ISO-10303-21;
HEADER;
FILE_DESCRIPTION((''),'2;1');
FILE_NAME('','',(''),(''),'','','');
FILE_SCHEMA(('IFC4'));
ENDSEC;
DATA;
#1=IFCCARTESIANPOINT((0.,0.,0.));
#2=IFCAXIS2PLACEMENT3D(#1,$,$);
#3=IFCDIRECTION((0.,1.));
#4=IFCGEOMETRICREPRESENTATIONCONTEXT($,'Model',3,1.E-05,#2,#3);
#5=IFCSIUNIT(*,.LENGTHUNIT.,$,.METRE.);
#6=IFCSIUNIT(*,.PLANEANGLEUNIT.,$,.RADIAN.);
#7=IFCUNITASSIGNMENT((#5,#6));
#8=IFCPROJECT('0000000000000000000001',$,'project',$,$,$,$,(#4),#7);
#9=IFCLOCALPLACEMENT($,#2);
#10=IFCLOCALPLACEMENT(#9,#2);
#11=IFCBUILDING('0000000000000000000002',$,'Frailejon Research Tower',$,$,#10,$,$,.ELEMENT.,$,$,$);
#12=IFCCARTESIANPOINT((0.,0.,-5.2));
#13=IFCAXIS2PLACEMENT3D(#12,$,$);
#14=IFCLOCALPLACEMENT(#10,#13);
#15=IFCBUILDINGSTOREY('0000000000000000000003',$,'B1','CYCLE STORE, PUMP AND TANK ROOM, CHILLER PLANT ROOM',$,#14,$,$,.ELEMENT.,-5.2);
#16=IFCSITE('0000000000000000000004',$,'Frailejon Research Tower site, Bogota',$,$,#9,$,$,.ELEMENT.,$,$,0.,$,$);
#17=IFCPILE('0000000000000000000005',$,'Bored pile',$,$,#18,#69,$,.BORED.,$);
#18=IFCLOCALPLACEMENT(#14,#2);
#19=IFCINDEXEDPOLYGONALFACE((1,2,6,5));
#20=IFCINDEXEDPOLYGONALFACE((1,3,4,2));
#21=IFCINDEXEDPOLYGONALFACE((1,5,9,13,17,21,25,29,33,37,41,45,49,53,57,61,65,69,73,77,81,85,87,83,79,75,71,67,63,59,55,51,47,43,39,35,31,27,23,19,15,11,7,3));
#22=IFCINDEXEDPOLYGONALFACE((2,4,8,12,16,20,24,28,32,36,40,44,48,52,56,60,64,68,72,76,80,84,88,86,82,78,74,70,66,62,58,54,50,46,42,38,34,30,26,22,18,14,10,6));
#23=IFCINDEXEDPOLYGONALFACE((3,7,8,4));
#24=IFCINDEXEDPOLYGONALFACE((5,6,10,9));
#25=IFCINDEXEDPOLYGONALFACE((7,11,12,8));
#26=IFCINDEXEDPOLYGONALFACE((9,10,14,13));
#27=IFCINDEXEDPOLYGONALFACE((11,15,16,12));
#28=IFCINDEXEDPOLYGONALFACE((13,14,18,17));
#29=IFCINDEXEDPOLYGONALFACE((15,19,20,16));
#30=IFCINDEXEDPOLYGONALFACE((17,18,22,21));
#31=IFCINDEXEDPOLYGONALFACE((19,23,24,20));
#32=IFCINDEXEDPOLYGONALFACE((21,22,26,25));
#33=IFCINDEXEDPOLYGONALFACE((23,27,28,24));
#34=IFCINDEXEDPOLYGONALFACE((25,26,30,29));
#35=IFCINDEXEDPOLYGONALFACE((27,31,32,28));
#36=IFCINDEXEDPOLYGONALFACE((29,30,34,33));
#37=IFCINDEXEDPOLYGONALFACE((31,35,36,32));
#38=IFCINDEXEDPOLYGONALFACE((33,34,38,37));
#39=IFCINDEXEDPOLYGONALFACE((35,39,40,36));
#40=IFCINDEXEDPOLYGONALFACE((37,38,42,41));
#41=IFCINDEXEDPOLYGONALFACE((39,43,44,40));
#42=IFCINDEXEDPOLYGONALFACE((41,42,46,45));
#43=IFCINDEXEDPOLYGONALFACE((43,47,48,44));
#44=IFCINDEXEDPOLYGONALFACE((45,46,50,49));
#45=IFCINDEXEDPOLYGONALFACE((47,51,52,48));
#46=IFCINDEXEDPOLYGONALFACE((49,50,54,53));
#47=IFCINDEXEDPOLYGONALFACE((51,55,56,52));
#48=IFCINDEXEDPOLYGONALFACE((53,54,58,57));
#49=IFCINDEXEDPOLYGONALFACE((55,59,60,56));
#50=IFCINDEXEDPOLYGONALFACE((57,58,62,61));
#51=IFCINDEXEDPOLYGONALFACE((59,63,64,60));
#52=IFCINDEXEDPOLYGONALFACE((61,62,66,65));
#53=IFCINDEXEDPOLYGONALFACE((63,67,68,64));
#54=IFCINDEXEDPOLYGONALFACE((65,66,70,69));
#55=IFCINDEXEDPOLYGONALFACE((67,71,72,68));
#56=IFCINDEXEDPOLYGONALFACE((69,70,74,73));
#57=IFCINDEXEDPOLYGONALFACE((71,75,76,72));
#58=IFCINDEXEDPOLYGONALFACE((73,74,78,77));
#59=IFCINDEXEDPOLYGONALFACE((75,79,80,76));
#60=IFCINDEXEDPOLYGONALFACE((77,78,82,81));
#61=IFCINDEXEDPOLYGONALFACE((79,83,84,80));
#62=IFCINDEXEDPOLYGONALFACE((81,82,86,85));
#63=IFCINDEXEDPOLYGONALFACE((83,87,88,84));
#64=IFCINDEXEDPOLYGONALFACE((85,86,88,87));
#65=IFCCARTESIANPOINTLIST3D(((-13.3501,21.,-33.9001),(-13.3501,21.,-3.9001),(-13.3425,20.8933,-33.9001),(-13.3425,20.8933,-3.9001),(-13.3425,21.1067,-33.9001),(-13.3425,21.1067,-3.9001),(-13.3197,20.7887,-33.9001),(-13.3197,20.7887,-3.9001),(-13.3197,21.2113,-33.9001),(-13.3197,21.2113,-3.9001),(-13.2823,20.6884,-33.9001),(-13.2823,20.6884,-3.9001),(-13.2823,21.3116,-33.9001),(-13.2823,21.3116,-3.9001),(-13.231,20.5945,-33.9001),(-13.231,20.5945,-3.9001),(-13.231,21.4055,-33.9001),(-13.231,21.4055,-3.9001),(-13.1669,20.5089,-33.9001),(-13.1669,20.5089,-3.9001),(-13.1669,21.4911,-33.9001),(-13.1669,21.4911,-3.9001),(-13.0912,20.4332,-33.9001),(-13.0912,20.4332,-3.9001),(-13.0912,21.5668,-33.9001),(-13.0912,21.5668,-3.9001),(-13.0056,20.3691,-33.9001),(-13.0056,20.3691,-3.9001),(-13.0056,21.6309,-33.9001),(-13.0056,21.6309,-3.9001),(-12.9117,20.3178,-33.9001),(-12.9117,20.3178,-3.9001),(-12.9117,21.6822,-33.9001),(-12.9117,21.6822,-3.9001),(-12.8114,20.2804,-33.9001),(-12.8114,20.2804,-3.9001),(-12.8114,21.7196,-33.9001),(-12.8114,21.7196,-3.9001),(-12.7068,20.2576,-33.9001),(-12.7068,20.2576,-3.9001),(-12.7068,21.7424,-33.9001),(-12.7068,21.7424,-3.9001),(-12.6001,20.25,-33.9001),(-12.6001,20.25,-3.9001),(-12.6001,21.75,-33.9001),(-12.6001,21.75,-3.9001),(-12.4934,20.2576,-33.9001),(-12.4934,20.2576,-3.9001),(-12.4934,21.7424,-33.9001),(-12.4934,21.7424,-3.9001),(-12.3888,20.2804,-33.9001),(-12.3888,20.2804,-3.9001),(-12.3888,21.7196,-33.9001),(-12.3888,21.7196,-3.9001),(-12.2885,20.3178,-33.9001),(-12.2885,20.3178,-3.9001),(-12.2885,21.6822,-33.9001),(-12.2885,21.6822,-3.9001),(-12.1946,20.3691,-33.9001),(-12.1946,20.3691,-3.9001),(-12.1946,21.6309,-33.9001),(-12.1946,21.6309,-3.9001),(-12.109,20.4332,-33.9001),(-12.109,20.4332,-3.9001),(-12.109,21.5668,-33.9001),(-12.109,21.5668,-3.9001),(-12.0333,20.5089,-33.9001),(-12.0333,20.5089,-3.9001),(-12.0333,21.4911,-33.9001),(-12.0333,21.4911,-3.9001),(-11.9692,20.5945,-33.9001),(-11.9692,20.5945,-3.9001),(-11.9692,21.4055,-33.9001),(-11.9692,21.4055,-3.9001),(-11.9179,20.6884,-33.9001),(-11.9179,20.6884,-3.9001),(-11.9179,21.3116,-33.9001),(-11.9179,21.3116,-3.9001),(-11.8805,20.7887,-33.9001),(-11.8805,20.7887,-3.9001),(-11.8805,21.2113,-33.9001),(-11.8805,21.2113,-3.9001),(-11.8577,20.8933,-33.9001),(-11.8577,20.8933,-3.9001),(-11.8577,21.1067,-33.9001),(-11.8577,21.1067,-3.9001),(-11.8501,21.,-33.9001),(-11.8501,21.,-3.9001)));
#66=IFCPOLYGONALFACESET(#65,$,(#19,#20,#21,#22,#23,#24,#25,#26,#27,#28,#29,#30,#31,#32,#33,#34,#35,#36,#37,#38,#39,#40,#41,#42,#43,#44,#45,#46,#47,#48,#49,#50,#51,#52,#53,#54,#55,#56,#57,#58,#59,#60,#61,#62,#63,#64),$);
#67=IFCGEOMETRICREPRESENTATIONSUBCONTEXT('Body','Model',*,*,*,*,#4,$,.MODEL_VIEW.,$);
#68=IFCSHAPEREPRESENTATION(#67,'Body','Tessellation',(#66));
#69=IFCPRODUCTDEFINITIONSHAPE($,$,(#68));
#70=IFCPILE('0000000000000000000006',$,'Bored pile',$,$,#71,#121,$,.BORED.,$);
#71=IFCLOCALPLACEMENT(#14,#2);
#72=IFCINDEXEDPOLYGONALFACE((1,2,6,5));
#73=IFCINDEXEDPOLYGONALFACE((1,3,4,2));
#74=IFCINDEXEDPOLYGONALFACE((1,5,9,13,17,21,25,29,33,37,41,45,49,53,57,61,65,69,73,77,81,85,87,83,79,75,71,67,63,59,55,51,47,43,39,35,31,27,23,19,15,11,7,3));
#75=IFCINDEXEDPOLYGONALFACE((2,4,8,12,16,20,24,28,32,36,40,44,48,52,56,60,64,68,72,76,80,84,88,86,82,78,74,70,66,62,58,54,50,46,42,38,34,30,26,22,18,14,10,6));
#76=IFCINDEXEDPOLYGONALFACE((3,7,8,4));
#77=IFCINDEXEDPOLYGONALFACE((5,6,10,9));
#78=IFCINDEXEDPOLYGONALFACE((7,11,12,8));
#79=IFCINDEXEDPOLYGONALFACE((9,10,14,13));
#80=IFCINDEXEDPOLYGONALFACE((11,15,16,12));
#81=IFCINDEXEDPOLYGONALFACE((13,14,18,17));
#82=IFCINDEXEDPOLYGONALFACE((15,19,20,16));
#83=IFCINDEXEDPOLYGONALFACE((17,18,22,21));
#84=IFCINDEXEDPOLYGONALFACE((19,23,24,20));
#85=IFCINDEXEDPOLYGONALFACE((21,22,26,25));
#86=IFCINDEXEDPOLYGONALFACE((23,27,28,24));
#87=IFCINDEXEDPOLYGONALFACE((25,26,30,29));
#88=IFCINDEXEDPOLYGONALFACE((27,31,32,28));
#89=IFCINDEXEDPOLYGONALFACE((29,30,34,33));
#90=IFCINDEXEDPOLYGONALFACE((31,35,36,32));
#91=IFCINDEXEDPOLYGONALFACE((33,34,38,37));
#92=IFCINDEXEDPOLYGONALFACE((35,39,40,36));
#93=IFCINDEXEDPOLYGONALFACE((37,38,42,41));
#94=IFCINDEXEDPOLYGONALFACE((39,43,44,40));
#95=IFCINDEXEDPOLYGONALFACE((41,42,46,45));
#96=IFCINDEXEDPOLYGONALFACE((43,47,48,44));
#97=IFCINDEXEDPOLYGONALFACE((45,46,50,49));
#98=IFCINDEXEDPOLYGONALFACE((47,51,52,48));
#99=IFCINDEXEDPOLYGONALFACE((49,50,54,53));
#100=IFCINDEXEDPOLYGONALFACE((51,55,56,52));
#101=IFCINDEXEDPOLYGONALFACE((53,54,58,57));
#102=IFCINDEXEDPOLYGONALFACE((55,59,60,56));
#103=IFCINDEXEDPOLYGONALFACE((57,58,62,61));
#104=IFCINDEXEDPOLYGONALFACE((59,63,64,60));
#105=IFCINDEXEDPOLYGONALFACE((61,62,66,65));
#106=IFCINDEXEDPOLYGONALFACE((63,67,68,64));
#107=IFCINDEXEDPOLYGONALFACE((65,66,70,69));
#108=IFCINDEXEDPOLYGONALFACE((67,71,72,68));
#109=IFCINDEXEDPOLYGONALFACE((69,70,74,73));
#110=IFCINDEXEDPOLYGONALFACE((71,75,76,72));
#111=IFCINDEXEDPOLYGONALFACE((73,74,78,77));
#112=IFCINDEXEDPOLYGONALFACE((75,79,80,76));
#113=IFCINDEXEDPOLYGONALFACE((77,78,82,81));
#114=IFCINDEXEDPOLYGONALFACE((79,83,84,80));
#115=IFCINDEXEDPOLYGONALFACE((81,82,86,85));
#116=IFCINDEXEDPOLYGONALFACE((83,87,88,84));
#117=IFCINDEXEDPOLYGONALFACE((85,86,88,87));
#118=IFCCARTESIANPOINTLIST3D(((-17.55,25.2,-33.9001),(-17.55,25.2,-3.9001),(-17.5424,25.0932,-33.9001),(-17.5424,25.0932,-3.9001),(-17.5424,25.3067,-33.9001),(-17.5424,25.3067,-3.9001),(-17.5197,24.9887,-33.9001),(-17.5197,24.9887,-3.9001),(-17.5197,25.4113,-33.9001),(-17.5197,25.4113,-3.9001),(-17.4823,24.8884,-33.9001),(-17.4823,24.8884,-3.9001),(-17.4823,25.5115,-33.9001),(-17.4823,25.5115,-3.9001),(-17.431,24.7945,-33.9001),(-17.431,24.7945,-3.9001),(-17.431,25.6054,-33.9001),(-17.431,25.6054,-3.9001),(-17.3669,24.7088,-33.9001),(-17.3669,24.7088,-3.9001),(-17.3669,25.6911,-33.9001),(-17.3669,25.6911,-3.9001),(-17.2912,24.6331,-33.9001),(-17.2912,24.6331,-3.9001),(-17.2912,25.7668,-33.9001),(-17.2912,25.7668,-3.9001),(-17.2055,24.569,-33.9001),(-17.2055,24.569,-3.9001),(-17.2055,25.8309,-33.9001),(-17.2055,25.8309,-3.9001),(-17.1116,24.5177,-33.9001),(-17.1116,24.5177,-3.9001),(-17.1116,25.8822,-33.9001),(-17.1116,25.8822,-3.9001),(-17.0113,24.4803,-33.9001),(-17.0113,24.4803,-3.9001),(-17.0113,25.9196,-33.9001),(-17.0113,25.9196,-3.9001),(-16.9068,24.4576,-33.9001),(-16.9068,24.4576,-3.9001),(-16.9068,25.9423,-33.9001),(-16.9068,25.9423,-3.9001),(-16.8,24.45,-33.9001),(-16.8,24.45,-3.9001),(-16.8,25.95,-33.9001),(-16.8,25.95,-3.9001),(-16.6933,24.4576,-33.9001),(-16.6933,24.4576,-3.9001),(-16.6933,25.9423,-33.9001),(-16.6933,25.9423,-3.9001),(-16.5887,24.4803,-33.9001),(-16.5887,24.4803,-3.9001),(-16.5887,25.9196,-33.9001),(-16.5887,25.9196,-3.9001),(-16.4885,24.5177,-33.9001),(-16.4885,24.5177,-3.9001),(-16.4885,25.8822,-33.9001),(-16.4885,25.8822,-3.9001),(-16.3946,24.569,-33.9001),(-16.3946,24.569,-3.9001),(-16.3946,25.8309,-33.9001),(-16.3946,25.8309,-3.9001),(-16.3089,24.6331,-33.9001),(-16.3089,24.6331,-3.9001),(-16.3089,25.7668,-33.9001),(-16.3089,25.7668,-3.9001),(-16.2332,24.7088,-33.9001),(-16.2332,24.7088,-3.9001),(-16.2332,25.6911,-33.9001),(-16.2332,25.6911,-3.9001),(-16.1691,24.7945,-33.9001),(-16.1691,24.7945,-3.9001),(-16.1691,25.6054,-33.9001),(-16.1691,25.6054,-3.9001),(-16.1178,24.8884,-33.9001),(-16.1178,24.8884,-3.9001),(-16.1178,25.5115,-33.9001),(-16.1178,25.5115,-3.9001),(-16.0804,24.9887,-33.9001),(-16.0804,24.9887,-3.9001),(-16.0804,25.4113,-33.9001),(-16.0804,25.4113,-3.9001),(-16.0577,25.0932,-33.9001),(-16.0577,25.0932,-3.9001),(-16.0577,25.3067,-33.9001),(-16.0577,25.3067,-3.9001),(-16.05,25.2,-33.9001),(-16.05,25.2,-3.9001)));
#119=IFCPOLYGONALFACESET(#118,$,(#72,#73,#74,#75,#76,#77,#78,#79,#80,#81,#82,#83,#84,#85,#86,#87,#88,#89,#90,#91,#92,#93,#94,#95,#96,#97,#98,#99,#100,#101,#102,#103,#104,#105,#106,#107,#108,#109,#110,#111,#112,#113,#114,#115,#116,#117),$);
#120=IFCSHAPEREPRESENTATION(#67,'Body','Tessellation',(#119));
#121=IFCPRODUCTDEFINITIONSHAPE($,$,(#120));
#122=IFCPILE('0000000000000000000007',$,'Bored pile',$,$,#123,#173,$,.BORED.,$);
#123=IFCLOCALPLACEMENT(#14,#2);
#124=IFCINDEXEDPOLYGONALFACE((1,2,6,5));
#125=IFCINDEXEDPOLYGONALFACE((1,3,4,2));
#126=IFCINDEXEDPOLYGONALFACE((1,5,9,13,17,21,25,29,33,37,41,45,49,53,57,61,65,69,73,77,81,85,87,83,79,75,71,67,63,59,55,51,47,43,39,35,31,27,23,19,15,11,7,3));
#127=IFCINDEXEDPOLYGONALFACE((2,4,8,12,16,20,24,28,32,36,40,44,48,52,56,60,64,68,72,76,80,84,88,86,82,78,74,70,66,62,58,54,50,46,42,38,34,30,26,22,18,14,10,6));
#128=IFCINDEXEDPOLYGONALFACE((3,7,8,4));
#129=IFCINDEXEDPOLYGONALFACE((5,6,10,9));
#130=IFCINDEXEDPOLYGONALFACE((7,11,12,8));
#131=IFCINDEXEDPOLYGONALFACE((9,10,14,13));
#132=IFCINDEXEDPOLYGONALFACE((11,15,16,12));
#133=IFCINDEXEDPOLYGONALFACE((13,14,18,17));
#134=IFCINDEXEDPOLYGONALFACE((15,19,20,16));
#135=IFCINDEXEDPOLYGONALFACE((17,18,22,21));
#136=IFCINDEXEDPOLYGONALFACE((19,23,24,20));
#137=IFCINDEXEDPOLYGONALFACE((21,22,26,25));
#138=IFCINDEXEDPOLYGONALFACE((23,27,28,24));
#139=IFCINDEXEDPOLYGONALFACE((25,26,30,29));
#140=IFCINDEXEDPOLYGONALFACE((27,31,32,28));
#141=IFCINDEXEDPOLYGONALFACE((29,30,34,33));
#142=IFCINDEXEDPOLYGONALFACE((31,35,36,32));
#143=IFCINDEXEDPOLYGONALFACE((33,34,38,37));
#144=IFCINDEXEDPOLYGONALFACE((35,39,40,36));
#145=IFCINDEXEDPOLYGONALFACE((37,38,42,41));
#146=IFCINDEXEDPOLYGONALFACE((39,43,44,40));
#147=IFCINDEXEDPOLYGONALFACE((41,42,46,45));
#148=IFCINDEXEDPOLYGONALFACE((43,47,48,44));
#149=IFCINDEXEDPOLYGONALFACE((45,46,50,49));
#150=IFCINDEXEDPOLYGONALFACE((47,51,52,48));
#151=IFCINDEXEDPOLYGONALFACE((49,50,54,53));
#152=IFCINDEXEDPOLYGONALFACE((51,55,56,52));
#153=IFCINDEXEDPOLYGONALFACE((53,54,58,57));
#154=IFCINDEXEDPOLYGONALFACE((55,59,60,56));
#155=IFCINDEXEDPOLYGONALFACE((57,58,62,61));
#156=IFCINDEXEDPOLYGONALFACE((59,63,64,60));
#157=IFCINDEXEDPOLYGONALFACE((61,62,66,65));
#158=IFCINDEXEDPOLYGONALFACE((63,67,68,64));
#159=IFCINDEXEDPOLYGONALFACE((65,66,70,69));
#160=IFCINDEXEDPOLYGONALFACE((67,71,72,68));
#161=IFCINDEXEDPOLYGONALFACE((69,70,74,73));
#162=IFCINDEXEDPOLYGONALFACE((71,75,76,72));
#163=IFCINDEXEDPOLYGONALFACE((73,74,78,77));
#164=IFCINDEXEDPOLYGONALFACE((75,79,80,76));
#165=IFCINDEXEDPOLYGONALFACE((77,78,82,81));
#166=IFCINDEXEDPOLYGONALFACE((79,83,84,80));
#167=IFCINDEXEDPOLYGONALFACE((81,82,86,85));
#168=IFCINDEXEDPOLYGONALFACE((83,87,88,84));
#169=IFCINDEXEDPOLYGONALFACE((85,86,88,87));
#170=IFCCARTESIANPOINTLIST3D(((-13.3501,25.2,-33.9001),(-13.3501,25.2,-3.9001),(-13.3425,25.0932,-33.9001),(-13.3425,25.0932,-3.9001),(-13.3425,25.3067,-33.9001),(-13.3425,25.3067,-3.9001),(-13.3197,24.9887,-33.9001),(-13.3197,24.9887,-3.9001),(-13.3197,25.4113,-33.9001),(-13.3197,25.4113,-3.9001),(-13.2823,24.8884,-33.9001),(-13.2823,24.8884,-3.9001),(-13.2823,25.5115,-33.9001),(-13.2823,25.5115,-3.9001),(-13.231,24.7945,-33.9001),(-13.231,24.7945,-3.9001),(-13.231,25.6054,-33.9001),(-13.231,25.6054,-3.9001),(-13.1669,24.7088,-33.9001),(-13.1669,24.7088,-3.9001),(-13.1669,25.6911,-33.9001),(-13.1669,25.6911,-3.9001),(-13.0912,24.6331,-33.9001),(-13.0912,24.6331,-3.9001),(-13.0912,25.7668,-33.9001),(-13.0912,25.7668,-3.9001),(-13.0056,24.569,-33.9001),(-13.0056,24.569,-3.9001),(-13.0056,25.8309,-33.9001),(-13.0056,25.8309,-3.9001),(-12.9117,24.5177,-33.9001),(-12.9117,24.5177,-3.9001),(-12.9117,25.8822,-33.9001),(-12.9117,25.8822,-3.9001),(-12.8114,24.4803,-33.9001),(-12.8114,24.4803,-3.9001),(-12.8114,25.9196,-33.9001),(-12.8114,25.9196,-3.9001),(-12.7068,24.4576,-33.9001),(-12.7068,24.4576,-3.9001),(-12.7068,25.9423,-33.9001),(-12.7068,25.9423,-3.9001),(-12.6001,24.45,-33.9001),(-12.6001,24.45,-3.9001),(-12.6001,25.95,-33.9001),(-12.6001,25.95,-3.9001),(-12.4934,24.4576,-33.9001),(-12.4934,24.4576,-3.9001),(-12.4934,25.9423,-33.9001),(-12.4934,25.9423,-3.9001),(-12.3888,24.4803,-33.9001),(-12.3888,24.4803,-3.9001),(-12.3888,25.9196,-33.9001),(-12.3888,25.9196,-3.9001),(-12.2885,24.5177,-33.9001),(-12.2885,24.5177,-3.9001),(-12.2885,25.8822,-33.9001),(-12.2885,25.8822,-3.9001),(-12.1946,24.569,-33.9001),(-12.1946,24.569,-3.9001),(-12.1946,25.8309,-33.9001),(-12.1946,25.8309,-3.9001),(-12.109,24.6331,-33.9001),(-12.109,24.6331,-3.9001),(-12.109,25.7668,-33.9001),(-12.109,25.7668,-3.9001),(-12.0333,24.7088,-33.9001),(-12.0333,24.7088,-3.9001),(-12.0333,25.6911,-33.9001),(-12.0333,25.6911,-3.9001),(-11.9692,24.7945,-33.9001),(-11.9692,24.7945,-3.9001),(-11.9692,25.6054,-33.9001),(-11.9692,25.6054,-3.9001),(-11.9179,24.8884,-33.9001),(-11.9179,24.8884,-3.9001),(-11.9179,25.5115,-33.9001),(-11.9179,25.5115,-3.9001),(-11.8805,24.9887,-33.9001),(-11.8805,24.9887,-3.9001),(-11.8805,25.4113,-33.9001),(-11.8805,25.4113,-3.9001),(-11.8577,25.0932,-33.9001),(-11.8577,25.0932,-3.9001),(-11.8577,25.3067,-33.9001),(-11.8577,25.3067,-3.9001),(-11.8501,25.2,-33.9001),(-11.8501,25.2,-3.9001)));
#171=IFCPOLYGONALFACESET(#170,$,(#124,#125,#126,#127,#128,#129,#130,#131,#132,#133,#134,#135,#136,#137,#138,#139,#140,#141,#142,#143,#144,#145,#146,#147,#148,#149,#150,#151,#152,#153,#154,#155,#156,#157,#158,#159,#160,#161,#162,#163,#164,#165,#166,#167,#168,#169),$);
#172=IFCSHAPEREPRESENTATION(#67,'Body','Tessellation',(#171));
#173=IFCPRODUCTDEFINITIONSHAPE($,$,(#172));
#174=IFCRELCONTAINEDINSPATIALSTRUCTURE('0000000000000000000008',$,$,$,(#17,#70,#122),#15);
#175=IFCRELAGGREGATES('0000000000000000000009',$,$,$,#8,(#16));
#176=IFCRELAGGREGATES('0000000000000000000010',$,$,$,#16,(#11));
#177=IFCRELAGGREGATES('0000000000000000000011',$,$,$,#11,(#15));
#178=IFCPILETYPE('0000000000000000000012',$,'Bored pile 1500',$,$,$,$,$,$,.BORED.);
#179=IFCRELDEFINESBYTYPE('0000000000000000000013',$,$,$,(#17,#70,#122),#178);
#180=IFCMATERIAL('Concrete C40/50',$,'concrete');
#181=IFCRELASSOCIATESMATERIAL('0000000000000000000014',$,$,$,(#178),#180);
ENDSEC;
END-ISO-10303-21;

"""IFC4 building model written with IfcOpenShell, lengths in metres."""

from ifc_helpers import new_model, si_unit, direction, frame, origin, origin_2d, place, context, subcontext, project, spatial, circle, extrude, material, material_profile, profile_set, type_object, element, save


model = new_model("IFC4")

# Units and contexts
model_context = context("Model", 3, precision=1e-05, world=origin(), true_north=direction((0.0, 1.0)))
body_context = subcontext(model_context, "Body", "Model", "MODEL_VIEW")
ifc_project = project(units=[si_unit("LENGTHUNIT", "METRE"), si_unit("PLANEANGLEUNIT", "RADIAN")], contexts=[model_context])

# Site, building, storey
site_placement = place(None, origin())
site = spatial("IfcSite", under=ifc_project, at=site_placement, Name="Frailejon Research Tower site, Bogota", CompositionType="ELEMENT", RefElevation=0.0)
building_placement = place(site_placement, origin())
building = spatial("IfcBuilding", under=site, at=building_placement, Name="Frailejon Research Tower", CompositionType="ELEMENT")
storey_placement = place(building_placement, frame((0.0, 0.0, -5.2)))
storey = spatial("IfcBuildingStorey", under=building, at=storey_placement, Name="B1", Description="CYCLE STORE, PUMP AND TANK ROOM, CHILLER PLANT ROOM", CompositionType="ELEMENT", Elevation=-5.2)

# Piles
ifc_material_1 = material(Name="Concrete C40/50", Category="concrete")
ifc_material_profile_1 = material_profile(ifc_material_1, circle(Radius=0.75, at=origin_2d()), Name="Bored pile 1500")
ifc_profile_set_1 = profile_set([ifc_material_profile_1], Name="Concrete C40/50")
pile_type = type_object("IfcPileType", Name="Bored pile 1500", PredefinedType="BORED", material=ifc_profile_set_1)
for number, where, z_axis, x_axis, name in (
    (1, (-12.6001, 21.0, -3.9001), (0.0, 0.0, -1.0), (1.0, 0.0, 0.0), "Bored pile"),
    (2, (-16.8, 25.2, -3.9001), (0.0, 0.0, -1.0), (1.0, 0.0, 0.0), "Bored pile"),
    (3, (-12.6001, 25.2, -3.9001), (0.0, 0.0, -1.0), (1.0, 0.0, 0.0), "Bored pile"),
):
    element("IfcPile", number, at=place(storey_placement, frame(where, z_axis=z_axis, x_axis=x_axis)), inside=storey, type_object=pile_type, Name=name, PredefinedType="BORED", context=body_context, shape_type="SweptSolid", body=[
        extrude(circle(Radius=0.75, at=origin_2d()), origin(), (0.0, 0.0, 1.0), 30.0),
    ])

save(model, "model.ifc")
